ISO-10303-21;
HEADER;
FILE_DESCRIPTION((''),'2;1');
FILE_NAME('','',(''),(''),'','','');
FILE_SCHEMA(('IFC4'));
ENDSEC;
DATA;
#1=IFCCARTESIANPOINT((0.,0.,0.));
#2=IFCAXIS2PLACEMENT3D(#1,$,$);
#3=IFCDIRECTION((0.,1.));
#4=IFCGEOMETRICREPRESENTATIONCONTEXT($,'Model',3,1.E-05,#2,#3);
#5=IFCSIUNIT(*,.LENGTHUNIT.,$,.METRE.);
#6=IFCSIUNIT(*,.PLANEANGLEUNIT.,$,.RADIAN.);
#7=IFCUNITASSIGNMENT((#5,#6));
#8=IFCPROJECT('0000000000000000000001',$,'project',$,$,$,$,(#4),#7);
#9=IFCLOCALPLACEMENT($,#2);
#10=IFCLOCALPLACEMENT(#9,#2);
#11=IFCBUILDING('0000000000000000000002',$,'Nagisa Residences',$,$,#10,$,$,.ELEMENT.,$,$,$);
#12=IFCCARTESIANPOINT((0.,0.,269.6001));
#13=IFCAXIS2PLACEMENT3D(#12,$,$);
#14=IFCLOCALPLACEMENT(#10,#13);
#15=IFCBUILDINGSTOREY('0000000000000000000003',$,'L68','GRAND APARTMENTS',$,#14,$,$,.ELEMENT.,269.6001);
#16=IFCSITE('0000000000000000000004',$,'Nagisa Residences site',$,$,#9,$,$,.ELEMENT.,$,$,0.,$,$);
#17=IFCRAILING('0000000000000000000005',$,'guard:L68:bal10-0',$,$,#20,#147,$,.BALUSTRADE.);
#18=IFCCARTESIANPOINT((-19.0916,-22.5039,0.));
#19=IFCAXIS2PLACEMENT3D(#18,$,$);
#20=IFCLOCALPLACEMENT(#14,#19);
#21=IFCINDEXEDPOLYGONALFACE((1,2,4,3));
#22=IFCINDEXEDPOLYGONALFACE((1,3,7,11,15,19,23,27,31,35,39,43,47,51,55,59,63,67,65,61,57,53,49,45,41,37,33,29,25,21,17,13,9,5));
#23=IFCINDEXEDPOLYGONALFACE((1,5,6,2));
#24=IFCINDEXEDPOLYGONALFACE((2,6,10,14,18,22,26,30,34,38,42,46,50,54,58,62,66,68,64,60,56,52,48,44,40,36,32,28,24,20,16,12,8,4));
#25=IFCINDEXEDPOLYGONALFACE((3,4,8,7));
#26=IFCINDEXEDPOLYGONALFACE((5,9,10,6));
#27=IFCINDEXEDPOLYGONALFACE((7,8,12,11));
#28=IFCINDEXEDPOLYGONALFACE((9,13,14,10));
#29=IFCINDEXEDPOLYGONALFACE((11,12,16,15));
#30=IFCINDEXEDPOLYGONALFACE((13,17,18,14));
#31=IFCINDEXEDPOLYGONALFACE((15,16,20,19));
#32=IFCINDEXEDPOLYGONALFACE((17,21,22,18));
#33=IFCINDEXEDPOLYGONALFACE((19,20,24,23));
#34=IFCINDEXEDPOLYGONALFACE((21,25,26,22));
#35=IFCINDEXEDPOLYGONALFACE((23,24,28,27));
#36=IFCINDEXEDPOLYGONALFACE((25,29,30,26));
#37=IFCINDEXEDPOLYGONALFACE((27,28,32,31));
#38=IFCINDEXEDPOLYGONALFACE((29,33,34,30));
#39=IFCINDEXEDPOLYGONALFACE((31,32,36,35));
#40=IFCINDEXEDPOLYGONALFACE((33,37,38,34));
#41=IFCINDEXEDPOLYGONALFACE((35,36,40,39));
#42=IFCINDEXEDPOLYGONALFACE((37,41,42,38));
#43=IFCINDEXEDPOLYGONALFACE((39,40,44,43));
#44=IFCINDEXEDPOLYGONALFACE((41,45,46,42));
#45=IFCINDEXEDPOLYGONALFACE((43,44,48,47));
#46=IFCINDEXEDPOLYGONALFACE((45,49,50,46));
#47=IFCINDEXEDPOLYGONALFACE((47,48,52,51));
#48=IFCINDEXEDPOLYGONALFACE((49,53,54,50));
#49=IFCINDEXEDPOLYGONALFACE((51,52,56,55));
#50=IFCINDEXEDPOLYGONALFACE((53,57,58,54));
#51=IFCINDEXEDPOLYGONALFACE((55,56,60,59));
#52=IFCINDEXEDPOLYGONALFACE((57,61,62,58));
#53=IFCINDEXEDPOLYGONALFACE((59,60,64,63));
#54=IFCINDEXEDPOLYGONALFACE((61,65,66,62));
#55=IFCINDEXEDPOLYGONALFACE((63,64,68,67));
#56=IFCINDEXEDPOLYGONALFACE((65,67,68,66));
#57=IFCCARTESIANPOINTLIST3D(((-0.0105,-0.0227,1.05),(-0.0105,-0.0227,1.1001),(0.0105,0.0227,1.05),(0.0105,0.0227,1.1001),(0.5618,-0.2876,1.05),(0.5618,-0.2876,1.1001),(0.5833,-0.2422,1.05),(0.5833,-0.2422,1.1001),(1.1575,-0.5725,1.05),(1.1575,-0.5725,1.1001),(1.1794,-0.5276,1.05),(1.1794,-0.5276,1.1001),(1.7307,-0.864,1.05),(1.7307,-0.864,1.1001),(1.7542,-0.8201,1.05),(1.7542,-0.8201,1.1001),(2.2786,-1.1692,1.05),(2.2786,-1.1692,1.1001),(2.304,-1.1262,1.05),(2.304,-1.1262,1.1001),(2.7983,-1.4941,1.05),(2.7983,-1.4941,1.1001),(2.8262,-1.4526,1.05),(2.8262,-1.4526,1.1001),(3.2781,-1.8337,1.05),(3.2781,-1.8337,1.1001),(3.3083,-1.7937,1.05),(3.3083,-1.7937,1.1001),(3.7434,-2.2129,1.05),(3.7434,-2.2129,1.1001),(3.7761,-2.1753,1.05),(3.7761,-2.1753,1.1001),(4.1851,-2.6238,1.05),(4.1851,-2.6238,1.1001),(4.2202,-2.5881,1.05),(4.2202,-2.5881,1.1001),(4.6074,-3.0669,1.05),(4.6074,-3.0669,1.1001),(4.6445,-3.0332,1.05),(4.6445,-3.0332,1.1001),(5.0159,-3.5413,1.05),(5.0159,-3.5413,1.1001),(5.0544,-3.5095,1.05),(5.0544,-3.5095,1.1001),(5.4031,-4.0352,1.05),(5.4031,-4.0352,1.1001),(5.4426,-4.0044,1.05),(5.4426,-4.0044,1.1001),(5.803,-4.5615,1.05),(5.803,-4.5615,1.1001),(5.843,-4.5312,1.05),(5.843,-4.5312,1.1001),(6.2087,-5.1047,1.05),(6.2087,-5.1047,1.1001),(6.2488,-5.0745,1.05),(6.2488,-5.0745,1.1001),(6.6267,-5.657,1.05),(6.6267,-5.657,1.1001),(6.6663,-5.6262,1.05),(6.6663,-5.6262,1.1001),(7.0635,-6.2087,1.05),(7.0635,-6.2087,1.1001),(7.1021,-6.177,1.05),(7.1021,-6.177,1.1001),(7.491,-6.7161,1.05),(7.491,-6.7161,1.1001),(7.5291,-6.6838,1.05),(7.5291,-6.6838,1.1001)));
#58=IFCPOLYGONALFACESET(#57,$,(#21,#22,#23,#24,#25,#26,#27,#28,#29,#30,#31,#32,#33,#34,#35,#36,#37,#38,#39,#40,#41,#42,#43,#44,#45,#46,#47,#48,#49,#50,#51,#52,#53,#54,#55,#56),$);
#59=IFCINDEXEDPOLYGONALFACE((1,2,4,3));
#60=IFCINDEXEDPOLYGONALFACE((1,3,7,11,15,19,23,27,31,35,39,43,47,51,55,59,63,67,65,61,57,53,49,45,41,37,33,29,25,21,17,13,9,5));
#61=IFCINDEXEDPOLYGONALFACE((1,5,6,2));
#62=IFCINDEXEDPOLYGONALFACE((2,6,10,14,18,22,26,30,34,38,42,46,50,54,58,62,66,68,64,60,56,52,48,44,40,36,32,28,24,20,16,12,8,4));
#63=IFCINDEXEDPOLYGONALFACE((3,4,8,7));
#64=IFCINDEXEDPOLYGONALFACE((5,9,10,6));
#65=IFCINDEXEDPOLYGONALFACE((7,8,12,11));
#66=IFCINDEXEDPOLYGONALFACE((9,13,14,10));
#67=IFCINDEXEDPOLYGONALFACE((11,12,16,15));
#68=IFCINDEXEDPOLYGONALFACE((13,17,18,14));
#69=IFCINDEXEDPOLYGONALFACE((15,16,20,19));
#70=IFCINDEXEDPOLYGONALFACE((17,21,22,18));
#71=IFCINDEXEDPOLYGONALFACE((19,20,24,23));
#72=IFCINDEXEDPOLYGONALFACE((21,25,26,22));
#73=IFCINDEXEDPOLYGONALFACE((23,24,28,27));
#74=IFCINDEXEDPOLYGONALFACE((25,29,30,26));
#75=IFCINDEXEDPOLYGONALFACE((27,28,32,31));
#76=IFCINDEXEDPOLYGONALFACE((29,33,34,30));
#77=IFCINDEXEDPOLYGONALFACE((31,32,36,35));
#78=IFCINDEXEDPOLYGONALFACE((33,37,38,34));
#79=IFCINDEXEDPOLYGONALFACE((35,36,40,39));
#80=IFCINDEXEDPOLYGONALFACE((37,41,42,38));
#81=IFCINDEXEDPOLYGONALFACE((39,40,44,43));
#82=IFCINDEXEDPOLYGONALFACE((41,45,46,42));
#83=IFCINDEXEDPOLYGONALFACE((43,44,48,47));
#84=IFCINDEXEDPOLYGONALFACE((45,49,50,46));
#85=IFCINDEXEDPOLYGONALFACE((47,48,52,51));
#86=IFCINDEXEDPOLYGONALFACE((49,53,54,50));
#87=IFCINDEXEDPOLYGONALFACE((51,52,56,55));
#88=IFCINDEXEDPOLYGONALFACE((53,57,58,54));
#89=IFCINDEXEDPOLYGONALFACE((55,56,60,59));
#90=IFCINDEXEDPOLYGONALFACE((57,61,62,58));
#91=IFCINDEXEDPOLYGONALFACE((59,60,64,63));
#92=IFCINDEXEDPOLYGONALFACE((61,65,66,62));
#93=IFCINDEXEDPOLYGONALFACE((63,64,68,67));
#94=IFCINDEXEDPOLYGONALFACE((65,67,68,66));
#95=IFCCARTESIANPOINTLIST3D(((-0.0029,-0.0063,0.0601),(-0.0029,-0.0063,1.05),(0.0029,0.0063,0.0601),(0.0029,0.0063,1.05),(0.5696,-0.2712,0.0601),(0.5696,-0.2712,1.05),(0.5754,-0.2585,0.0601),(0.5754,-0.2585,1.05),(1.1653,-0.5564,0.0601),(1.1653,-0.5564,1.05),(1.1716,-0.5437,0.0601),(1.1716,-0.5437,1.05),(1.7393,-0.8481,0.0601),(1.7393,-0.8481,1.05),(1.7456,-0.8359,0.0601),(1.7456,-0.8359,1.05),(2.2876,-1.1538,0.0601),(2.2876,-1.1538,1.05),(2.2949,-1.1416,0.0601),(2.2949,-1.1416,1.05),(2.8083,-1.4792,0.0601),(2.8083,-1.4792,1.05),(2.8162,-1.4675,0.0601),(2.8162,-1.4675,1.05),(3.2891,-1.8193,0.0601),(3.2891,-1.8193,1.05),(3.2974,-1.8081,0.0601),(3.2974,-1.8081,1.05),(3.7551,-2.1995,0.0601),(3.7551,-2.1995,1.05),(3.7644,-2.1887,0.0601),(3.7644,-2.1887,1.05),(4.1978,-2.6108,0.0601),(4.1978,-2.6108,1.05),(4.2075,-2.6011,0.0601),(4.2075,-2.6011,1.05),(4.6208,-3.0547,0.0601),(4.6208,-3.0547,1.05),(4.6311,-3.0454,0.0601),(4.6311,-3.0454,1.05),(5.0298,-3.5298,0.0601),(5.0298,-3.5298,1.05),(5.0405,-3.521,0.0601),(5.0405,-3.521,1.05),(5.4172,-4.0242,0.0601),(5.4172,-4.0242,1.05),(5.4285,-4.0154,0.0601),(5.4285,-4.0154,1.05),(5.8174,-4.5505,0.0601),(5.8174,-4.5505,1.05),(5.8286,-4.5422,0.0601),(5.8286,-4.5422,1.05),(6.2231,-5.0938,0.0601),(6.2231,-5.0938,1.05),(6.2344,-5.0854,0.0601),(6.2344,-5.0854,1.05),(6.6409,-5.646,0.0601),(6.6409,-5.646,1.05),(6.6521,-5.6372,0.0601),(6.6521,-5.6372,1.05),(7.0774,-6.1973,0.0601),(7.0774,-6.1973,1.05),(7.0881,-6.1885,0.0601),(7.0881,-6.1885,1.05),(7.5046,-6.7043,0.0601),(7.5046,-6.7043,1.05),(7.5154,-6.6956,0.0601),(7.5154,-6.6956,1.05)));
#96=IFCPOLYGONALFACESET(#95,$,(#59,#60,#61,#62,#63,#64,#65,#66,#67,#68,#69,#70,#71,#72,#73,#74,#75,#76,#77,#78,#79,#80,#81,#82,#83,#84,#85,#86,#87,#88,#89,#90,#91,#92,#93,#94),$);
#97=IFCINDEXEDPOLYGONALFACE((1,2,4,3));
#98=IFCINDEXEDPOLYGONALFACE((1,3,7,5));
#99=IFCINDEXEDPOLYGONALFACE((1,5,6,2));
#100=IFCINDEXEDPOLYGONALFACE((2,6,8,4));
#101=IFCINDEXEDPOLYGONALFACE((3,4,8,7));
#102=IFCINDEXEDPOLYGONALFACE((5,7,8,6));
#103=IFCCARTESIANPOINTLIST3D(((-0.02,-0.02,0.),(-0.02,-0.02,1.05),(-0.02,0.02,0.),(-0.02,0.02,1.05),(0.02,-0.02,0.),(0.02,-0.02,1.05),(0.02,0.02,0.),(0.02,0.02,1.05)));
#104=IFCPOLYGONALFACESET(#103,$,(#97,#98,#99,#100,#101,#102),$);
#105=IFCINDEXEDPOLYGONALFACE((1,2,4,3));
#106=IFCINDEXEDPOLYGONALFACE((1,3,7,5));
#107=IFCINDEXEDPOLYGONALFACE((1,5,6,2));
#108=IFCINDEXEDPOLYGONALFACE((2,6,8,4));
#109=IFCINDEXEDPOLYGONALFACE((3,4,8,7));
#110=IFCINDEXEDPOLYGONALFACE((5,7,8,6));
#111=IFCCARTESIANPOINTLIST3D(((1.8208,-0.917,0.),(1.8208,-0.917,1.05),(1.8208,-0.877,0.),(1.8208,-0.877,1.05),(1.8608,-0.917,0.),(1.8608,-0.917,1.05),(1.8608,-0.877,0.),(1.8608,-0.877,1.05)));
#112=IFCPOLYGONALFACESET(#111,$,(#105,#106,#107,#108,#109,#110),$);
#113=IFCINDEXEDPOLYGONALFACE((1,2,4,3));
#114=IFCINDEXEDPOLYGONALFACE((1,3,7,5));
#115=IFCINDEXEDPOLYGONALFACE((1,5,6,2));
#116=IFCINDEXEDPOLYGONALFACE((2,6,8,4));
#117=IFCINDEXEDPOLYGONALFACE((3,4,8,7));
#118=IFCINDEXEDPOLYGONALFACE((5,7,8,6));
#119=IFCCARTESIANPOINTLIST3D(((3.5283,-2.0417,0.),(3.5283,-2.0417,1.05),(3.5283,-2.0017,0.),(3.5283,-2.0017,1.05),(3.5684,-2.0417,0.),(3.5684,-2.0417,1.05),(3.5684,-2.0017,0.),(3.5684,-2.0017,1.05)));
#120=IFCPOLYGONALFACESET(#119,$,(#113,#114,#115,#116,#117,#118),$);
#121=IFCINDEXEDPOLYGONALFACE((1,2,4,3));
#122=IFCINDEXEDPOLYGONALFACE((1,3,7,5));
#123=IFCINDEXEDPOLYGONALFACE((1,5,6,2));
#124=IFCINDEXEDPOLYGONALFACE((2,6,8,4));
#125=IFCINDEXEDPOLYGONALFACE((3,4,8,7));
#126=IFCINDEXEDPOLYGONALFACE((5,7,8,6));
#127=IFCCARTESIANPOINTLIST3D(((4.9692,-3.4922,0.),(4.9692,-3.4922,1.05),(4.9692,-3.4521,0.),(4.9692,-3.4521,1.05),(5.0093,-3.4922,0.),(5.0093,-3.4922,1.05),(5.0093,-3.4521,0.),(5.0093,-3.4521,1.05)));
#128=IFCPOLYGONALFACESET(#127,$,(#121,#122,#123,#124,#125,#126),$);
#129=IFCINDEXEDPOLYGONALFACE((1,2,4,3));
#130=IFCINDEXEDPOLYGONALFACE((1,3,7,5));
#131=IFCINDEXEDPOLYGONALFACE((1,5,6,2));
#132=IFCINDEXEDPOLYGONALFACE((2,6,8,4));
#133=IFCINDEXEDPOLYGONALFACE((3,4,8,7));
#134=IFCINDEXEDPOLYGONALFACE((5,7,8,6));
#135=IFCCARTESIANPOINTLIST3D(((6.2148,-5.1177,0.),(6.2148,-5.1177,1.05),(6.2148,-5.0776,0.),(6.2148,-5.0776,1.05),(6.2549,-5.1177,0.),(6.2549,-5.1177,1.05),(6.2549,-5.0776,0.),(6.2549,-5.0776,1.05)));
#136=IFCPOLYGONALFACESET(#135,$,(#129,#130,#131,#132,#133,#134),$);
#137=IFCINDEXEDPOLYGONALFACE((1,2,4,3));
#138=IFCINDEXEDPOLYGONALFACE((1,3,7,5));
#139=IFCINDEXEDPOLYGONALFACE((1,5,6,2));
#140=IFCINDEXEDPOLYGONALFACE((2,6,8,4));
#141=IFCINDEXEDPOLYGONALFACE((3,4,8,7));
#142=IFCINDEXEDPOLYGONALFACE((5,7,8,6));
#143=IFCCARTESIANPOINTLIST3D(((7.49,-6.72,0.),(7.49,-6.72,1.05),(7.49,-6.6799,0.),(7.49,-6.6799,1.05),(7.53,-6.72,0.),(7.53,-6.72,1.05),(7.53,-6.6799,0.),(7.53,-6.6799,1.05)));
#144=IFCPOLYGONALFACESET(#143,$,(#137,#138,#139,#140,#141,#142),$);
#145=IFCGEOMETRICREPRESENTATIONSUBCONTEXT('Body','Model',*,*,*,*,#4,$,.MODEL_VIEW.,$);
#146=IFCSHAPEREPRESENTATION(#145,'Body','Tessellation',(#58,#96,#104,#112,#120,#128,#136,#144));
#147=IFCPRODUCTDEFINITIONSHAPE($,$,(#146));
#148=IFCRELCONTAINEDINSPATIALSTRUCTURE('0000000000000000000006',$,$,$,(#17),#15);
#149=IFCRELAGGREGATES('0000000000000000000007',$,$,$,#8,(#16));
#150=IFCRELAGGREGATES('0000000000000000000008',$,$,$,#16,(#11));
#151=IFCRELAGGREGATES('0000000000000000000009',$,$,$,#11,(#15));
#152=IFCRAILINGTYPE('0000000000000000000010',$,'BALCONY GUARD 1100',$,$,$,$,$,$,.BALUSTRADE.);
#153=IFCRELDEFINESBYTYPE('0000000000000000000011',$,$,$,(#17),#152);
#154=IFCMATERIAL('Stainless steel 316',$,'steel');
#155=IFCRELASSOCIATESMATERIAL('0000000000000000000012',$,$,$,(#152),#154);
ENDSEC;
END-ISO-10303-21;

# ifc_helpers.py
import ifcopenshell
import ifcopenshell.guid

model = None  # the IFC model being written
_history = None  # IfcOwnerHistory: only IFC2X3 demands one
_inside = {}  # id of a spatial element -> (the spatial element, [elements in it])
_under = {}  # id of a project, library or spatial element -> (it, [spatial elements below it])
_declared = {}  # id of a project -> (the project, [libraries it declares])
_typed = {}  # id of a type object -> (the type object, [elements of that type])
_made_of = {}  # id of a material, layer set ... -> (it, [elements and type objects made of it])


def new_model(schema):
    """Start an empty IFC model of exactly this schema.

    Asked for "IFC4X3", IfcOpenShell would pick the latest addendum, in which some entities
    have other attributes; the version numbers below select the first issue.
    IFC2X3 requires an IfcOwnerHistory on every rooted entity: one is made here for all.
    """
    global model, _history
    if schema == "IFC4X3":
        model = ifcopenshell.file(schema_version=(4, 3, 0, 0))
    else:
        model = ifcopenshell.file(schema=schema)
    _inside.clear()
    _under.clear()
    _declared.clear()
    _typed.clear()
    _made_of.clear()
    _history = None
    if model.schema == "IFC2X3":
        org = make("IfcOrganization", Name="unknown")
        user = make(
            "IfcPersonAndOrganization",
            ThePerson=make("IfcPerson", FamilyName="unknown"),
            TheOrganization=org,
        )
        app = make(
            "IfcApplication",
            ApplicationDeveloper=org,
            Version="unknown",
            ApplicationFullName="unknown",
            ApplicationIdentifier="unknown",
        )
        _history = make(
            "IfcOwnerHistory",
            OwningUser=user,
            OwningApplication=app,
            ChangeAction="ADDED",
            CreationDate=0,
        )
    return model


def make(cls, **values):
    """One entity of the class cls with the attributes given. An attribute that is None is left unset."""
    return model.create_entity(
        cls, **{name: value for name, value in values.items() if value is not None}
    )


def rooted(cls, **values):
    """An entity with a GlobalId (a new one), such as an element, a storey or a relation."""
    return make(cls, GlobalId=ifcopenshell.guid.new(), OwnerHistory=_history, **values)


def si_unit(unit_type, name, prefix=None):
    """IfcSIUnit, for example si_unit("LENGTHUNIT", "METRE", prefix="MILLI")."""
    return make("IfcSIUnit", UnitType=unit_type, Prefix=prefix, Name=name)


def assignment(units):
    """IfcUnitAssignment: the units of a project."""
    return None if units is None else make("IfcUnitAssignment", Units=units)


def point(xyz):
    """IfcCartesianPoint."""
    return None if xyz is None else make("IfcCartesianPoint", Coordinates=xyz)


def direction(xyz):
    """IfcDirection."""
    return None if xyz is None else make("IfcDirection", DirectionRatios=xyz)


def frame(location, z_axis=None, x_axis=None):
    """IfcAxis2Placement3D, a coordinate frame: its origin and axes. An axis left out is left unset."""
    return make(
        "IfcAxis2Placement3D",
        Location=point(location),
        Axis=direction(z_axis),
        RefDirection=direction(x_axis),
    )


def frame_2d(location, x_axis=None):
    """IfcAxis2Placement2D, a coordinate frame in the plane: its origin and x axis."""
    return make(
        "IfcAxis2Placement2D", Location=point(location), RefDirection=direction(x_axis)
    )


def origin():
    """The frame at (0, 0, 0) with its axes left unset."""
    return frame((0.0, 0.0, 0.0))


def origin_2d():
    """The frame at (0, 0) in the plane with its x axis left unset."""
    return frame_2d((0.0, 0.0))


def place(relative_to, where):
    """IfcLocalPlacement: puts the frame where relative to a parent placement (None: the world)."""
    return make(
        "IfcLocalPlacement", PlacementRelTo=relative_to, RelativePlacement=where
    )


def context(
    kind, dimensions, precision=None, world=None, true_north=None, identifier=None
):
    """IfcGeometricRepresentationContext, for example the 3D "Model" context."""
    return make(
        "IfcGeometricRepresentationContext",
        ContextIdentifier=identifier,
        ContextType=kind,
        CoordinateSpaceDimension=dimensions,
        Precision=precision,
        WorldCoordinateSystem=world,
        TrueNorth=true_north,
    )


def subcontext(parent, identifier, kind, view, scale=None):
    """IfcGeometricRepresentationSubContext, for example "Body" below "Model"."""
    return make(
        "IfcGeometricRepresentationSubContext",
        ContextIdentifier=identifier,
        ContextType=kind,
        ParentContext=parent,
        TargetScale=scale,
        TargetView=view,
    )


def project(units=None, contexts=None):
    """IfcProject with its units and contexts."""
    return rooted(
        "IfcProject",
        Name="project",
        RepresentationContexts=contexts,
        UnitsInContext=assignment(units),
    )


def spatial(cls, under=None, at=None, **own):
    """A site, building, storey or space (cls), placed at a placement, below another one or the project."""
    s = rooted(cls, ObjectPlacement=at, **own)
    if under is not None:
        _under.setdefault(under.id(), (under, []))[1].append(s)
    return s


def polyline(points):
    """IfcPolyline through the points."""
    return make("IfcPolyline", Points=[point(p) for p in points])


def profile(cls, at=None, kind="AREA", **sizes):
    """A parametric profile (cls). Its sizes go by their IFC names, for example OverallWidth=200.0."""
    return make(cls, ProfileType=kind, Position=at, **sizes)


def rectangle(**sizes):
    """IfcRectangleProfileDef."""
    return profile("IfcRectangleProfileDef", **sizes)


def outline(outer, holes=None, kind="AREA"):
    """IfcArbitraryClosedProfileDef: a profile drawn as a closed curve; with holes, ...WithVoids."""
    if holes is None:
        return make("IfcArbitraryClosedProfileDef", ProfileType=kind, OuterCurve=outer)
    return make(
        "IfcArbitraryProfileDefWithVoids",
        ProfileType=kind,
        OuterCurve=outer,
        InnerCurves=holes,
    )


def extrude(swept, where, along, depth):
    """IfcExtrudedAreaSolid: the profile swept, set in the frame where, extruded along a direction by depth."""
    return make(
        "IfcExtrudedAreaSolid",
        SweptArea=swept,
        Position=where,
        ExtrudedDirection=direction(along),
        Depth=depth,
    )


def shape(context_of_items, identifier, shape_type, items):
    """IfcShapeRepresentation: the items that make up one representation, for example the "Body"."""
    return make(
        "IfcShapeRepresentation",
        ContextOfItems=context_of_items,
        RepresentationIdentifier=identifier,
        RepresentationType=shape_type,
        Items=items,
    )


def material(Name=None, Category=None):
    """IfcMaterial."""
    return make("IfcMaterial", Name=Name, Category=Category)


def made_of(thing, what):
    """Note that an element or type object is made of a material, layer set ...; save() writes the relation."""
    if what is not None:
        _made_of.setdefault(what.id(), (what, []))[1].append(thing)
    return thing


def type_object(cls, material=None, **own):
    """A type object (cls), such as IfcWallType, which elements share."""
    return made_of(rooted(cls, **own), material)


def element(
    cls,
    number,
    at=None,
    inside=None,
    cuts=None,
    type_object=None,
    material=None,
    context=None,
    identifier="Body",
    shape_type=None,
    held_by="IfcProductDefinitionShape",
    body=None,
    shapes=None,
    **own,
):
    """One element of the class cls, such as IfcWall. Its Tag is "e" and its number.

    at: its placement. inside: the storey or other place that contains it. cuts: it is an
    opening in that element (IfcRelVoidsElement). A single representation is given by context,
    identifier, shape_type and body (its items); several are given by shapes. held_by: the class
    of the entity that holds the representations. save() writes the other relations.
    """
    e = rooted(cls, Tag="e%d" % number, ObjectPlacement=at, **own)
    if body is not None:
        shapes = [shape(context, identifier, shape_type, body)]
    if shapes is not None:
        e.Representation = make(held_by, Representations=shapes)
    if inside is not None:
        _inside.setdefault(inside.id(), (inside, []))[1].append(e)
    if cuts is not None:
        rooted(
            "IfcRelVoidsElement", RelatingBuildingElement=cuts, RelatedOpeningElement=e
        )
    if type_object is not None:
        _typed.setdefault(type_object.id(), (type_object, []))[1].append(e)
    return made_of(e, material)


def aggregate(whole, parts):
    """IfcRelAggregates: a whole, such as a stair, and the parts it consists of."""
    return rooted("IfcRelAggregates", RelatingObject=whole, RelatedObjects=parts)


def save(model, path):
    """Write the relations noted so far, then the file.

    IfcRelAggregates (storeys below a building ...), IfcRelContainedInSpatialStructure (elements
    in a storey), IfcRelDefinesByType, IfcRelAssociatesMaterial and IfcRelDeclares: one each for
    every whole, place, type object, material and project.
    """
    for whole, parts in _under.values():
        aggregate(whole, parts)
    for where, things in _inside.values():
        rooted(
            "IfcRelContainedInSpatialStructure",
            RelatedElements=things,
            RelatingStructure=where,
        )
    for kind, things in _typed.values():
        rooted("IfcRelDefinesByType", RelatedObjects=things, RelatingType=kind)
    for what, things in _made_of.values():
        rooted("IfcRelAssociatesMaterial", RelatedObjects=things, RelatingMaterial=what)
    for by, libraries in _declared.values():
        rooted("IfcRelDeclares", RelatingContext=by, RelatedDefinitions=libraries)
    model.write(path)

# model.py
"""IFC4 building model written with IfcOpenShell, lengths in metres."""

from ifc_helpers import new_model, si_unit, direction, frame, origin, origin_2d, place, context, subcontext, project, spatial, polyline, rectangle, outline, extrude, material, type_object, element, save


model = new_model("IFC4")

# Units and contexts
model_context = context("Model", 3, precision=1e-05, world=origin(), true_north=direction((0.0, 1.0)))
body_context = subcontext(model_context, "Body", "Model", "MODEL_VIEW")
ifc_project = project(units=[si_unit("LENGTHUNIT", "METRE"), si_unit("PLANEANGLEUNIT", "RADIAN")], contexts=[model_context])

# Site, building, storey
site_placement = place(None, origin())
site = spatial("IfcSite", under=ifc_project, at=site_placement, Name="Nagisa Residences site", CompositionType="ELEMENT", RefElevation=0.0)
building_placement = place(site_placement, origin())
building = spatial("IfcBuilding", under=site, at=building_placement, Name="Nagisa Residences", CompositionType="ELEMENT")
storey_placement = place(building_placement, frame((0.0, 0.0, 269.6001)))
storey = spatial("IfcBuildingStorey", under=building, at=storey_placement, Name="L68", Description="GRAND APARTMENTS", CompositionType="ELEMENT", Elevation=269.6001)

# Railing
ifc_material_1 = material(Name="Stainless steel 316", Category="steel")
railing_type = type_object("IfcRailingType", Name="BALCONY GUARD 1100", PredefinedType="BALUSTRADE", material=ifc_material_1)
railing_1_placement = place(storey_placement, frame((-19.0916, -22.5039, 0.0)))
element("IfcRailing", 1, at=railing_1_placement, inside=storey, type_object=railing_type, Name="guard:L68:bal10-0", PredefinedType="BALUSTRADE", context=body_context, shape_type="SweptSolid", body=[
    extrude(outline(polyline([(0.5833, -0.2422), (0.0105, 0.0227), (-0.0105, -0.0227), (0.5618, -0.2876), (1.1575, -0.5725), (1.7307, -0.864), (2.2786, -1.1692), (2.7983, -1.4941), (3.2781, -1.8337), (3.7434, -2.2129), (4.1851, -2.6238), (4.6074, -3.0669), (5.0159, -3.5413), (5.4031, -4.0352), (5.803, -4.5615), (6.2087, -5.1047), (6.6267, -5.657), (7.0635, -6.2087), (7.491, -6.7161), (7.5291, -6.6838), (7.1021, -6.177), (6.6663, -5.6262), (6.2488, -5.0745), (5.843, -4.5312), (5.4426, -4.0044), (5.0544, -3.5095), (4.6445, -3.0332), (4.2202, -2.5881), (3.7761, -2.1753), (3.3083, -1.7937), (2.8262, -1.4526), (2.304, -1.1262), (1.7542, -0.8201), (1.1794, -0.5276), (0.5833, -0.2422)])), frame((0.0, 0.0, 1.05)), (0.0, 0.0, 1.0), 0.05),
    extrude(outline(polyline([(0.5754, -0.2585), (0.0029, 0.0063), (-0.0029, -0.0063), (0.5696, -0.2712), (1.1653, -0.5564), (1.7393, -0.8481), (2.2876, -1.1538), (2.8083, -1.4792), (3.2891, -1.8193), (3.7551, -2.1995), (4.1978, -2.6108), (4.6208, -3.0547), (5.0298, -3.5298), (5.4172, -4.0242), (5.8174, -4.5505), (6.2231, -5.0938), (6.6409, -5.646), (7.0774, -6.1973), (7.5046, -6.7043), (7.5154, -6.6956), (7.0881, -6.1885), (6.6521, -5.6372), (6.2344, -5.0854), (5.8286, -4.5422), (5.4285, -4.0154), (5.0405, -3.521), (4.6311, -3.0454), (4.2075, -2.6011), (3.7644, -2.1887), (3.2974, -1.8081), (2.8162, -1.4675), (2.2949, -1.1416), (1.7456, -0.8359), (1.1716, -0.5437), (0.5754, -0.2585)])), frame((0.0, 0.0, 0.0601)), (0.0, 0.0, 1.0), 0.99),
    extrude(rectangle(XDim=0.04, YDim=0.04, at=origin_2d()), origin(), (0.0, 0.0, 1.0), 1.05),
    extrude(rectangle(XDim=0.04, YDim=0.04, at=origin_2d()), frame((1.8408, -0.897, 0.0)), (0.0, 0.0, 1.0), 1.05),
    extrude(rectangle(XDim=0.04, YDim=0.04, at=origin_2d()), frame((3.5483, -2.0217, 0.0)), (0.0, 0.0, 1.0), 1.05),
    extrude(rectangle(XDim=0.04, YDim=0.04, at=origin_2d()), frame((4.9893, -3.4722, 0.0)), (0.0, 0.0, 1.0), 1.05),
    extrude(rectangle(XDim=0.04, YDim=0.04, at=origin_2d()), frame((6.2349, -5.0977, 0.0)), (0.0, 0.0, 1.0), 1.05),
    extrude(rectangle(XDim=0.04, YDim=0.04, at=origin_2d()), frame((7.51, -6.7, 0.0)), (0.0, 0.0, 1.0), 1.05),
])

save(model, "model.ifc")
